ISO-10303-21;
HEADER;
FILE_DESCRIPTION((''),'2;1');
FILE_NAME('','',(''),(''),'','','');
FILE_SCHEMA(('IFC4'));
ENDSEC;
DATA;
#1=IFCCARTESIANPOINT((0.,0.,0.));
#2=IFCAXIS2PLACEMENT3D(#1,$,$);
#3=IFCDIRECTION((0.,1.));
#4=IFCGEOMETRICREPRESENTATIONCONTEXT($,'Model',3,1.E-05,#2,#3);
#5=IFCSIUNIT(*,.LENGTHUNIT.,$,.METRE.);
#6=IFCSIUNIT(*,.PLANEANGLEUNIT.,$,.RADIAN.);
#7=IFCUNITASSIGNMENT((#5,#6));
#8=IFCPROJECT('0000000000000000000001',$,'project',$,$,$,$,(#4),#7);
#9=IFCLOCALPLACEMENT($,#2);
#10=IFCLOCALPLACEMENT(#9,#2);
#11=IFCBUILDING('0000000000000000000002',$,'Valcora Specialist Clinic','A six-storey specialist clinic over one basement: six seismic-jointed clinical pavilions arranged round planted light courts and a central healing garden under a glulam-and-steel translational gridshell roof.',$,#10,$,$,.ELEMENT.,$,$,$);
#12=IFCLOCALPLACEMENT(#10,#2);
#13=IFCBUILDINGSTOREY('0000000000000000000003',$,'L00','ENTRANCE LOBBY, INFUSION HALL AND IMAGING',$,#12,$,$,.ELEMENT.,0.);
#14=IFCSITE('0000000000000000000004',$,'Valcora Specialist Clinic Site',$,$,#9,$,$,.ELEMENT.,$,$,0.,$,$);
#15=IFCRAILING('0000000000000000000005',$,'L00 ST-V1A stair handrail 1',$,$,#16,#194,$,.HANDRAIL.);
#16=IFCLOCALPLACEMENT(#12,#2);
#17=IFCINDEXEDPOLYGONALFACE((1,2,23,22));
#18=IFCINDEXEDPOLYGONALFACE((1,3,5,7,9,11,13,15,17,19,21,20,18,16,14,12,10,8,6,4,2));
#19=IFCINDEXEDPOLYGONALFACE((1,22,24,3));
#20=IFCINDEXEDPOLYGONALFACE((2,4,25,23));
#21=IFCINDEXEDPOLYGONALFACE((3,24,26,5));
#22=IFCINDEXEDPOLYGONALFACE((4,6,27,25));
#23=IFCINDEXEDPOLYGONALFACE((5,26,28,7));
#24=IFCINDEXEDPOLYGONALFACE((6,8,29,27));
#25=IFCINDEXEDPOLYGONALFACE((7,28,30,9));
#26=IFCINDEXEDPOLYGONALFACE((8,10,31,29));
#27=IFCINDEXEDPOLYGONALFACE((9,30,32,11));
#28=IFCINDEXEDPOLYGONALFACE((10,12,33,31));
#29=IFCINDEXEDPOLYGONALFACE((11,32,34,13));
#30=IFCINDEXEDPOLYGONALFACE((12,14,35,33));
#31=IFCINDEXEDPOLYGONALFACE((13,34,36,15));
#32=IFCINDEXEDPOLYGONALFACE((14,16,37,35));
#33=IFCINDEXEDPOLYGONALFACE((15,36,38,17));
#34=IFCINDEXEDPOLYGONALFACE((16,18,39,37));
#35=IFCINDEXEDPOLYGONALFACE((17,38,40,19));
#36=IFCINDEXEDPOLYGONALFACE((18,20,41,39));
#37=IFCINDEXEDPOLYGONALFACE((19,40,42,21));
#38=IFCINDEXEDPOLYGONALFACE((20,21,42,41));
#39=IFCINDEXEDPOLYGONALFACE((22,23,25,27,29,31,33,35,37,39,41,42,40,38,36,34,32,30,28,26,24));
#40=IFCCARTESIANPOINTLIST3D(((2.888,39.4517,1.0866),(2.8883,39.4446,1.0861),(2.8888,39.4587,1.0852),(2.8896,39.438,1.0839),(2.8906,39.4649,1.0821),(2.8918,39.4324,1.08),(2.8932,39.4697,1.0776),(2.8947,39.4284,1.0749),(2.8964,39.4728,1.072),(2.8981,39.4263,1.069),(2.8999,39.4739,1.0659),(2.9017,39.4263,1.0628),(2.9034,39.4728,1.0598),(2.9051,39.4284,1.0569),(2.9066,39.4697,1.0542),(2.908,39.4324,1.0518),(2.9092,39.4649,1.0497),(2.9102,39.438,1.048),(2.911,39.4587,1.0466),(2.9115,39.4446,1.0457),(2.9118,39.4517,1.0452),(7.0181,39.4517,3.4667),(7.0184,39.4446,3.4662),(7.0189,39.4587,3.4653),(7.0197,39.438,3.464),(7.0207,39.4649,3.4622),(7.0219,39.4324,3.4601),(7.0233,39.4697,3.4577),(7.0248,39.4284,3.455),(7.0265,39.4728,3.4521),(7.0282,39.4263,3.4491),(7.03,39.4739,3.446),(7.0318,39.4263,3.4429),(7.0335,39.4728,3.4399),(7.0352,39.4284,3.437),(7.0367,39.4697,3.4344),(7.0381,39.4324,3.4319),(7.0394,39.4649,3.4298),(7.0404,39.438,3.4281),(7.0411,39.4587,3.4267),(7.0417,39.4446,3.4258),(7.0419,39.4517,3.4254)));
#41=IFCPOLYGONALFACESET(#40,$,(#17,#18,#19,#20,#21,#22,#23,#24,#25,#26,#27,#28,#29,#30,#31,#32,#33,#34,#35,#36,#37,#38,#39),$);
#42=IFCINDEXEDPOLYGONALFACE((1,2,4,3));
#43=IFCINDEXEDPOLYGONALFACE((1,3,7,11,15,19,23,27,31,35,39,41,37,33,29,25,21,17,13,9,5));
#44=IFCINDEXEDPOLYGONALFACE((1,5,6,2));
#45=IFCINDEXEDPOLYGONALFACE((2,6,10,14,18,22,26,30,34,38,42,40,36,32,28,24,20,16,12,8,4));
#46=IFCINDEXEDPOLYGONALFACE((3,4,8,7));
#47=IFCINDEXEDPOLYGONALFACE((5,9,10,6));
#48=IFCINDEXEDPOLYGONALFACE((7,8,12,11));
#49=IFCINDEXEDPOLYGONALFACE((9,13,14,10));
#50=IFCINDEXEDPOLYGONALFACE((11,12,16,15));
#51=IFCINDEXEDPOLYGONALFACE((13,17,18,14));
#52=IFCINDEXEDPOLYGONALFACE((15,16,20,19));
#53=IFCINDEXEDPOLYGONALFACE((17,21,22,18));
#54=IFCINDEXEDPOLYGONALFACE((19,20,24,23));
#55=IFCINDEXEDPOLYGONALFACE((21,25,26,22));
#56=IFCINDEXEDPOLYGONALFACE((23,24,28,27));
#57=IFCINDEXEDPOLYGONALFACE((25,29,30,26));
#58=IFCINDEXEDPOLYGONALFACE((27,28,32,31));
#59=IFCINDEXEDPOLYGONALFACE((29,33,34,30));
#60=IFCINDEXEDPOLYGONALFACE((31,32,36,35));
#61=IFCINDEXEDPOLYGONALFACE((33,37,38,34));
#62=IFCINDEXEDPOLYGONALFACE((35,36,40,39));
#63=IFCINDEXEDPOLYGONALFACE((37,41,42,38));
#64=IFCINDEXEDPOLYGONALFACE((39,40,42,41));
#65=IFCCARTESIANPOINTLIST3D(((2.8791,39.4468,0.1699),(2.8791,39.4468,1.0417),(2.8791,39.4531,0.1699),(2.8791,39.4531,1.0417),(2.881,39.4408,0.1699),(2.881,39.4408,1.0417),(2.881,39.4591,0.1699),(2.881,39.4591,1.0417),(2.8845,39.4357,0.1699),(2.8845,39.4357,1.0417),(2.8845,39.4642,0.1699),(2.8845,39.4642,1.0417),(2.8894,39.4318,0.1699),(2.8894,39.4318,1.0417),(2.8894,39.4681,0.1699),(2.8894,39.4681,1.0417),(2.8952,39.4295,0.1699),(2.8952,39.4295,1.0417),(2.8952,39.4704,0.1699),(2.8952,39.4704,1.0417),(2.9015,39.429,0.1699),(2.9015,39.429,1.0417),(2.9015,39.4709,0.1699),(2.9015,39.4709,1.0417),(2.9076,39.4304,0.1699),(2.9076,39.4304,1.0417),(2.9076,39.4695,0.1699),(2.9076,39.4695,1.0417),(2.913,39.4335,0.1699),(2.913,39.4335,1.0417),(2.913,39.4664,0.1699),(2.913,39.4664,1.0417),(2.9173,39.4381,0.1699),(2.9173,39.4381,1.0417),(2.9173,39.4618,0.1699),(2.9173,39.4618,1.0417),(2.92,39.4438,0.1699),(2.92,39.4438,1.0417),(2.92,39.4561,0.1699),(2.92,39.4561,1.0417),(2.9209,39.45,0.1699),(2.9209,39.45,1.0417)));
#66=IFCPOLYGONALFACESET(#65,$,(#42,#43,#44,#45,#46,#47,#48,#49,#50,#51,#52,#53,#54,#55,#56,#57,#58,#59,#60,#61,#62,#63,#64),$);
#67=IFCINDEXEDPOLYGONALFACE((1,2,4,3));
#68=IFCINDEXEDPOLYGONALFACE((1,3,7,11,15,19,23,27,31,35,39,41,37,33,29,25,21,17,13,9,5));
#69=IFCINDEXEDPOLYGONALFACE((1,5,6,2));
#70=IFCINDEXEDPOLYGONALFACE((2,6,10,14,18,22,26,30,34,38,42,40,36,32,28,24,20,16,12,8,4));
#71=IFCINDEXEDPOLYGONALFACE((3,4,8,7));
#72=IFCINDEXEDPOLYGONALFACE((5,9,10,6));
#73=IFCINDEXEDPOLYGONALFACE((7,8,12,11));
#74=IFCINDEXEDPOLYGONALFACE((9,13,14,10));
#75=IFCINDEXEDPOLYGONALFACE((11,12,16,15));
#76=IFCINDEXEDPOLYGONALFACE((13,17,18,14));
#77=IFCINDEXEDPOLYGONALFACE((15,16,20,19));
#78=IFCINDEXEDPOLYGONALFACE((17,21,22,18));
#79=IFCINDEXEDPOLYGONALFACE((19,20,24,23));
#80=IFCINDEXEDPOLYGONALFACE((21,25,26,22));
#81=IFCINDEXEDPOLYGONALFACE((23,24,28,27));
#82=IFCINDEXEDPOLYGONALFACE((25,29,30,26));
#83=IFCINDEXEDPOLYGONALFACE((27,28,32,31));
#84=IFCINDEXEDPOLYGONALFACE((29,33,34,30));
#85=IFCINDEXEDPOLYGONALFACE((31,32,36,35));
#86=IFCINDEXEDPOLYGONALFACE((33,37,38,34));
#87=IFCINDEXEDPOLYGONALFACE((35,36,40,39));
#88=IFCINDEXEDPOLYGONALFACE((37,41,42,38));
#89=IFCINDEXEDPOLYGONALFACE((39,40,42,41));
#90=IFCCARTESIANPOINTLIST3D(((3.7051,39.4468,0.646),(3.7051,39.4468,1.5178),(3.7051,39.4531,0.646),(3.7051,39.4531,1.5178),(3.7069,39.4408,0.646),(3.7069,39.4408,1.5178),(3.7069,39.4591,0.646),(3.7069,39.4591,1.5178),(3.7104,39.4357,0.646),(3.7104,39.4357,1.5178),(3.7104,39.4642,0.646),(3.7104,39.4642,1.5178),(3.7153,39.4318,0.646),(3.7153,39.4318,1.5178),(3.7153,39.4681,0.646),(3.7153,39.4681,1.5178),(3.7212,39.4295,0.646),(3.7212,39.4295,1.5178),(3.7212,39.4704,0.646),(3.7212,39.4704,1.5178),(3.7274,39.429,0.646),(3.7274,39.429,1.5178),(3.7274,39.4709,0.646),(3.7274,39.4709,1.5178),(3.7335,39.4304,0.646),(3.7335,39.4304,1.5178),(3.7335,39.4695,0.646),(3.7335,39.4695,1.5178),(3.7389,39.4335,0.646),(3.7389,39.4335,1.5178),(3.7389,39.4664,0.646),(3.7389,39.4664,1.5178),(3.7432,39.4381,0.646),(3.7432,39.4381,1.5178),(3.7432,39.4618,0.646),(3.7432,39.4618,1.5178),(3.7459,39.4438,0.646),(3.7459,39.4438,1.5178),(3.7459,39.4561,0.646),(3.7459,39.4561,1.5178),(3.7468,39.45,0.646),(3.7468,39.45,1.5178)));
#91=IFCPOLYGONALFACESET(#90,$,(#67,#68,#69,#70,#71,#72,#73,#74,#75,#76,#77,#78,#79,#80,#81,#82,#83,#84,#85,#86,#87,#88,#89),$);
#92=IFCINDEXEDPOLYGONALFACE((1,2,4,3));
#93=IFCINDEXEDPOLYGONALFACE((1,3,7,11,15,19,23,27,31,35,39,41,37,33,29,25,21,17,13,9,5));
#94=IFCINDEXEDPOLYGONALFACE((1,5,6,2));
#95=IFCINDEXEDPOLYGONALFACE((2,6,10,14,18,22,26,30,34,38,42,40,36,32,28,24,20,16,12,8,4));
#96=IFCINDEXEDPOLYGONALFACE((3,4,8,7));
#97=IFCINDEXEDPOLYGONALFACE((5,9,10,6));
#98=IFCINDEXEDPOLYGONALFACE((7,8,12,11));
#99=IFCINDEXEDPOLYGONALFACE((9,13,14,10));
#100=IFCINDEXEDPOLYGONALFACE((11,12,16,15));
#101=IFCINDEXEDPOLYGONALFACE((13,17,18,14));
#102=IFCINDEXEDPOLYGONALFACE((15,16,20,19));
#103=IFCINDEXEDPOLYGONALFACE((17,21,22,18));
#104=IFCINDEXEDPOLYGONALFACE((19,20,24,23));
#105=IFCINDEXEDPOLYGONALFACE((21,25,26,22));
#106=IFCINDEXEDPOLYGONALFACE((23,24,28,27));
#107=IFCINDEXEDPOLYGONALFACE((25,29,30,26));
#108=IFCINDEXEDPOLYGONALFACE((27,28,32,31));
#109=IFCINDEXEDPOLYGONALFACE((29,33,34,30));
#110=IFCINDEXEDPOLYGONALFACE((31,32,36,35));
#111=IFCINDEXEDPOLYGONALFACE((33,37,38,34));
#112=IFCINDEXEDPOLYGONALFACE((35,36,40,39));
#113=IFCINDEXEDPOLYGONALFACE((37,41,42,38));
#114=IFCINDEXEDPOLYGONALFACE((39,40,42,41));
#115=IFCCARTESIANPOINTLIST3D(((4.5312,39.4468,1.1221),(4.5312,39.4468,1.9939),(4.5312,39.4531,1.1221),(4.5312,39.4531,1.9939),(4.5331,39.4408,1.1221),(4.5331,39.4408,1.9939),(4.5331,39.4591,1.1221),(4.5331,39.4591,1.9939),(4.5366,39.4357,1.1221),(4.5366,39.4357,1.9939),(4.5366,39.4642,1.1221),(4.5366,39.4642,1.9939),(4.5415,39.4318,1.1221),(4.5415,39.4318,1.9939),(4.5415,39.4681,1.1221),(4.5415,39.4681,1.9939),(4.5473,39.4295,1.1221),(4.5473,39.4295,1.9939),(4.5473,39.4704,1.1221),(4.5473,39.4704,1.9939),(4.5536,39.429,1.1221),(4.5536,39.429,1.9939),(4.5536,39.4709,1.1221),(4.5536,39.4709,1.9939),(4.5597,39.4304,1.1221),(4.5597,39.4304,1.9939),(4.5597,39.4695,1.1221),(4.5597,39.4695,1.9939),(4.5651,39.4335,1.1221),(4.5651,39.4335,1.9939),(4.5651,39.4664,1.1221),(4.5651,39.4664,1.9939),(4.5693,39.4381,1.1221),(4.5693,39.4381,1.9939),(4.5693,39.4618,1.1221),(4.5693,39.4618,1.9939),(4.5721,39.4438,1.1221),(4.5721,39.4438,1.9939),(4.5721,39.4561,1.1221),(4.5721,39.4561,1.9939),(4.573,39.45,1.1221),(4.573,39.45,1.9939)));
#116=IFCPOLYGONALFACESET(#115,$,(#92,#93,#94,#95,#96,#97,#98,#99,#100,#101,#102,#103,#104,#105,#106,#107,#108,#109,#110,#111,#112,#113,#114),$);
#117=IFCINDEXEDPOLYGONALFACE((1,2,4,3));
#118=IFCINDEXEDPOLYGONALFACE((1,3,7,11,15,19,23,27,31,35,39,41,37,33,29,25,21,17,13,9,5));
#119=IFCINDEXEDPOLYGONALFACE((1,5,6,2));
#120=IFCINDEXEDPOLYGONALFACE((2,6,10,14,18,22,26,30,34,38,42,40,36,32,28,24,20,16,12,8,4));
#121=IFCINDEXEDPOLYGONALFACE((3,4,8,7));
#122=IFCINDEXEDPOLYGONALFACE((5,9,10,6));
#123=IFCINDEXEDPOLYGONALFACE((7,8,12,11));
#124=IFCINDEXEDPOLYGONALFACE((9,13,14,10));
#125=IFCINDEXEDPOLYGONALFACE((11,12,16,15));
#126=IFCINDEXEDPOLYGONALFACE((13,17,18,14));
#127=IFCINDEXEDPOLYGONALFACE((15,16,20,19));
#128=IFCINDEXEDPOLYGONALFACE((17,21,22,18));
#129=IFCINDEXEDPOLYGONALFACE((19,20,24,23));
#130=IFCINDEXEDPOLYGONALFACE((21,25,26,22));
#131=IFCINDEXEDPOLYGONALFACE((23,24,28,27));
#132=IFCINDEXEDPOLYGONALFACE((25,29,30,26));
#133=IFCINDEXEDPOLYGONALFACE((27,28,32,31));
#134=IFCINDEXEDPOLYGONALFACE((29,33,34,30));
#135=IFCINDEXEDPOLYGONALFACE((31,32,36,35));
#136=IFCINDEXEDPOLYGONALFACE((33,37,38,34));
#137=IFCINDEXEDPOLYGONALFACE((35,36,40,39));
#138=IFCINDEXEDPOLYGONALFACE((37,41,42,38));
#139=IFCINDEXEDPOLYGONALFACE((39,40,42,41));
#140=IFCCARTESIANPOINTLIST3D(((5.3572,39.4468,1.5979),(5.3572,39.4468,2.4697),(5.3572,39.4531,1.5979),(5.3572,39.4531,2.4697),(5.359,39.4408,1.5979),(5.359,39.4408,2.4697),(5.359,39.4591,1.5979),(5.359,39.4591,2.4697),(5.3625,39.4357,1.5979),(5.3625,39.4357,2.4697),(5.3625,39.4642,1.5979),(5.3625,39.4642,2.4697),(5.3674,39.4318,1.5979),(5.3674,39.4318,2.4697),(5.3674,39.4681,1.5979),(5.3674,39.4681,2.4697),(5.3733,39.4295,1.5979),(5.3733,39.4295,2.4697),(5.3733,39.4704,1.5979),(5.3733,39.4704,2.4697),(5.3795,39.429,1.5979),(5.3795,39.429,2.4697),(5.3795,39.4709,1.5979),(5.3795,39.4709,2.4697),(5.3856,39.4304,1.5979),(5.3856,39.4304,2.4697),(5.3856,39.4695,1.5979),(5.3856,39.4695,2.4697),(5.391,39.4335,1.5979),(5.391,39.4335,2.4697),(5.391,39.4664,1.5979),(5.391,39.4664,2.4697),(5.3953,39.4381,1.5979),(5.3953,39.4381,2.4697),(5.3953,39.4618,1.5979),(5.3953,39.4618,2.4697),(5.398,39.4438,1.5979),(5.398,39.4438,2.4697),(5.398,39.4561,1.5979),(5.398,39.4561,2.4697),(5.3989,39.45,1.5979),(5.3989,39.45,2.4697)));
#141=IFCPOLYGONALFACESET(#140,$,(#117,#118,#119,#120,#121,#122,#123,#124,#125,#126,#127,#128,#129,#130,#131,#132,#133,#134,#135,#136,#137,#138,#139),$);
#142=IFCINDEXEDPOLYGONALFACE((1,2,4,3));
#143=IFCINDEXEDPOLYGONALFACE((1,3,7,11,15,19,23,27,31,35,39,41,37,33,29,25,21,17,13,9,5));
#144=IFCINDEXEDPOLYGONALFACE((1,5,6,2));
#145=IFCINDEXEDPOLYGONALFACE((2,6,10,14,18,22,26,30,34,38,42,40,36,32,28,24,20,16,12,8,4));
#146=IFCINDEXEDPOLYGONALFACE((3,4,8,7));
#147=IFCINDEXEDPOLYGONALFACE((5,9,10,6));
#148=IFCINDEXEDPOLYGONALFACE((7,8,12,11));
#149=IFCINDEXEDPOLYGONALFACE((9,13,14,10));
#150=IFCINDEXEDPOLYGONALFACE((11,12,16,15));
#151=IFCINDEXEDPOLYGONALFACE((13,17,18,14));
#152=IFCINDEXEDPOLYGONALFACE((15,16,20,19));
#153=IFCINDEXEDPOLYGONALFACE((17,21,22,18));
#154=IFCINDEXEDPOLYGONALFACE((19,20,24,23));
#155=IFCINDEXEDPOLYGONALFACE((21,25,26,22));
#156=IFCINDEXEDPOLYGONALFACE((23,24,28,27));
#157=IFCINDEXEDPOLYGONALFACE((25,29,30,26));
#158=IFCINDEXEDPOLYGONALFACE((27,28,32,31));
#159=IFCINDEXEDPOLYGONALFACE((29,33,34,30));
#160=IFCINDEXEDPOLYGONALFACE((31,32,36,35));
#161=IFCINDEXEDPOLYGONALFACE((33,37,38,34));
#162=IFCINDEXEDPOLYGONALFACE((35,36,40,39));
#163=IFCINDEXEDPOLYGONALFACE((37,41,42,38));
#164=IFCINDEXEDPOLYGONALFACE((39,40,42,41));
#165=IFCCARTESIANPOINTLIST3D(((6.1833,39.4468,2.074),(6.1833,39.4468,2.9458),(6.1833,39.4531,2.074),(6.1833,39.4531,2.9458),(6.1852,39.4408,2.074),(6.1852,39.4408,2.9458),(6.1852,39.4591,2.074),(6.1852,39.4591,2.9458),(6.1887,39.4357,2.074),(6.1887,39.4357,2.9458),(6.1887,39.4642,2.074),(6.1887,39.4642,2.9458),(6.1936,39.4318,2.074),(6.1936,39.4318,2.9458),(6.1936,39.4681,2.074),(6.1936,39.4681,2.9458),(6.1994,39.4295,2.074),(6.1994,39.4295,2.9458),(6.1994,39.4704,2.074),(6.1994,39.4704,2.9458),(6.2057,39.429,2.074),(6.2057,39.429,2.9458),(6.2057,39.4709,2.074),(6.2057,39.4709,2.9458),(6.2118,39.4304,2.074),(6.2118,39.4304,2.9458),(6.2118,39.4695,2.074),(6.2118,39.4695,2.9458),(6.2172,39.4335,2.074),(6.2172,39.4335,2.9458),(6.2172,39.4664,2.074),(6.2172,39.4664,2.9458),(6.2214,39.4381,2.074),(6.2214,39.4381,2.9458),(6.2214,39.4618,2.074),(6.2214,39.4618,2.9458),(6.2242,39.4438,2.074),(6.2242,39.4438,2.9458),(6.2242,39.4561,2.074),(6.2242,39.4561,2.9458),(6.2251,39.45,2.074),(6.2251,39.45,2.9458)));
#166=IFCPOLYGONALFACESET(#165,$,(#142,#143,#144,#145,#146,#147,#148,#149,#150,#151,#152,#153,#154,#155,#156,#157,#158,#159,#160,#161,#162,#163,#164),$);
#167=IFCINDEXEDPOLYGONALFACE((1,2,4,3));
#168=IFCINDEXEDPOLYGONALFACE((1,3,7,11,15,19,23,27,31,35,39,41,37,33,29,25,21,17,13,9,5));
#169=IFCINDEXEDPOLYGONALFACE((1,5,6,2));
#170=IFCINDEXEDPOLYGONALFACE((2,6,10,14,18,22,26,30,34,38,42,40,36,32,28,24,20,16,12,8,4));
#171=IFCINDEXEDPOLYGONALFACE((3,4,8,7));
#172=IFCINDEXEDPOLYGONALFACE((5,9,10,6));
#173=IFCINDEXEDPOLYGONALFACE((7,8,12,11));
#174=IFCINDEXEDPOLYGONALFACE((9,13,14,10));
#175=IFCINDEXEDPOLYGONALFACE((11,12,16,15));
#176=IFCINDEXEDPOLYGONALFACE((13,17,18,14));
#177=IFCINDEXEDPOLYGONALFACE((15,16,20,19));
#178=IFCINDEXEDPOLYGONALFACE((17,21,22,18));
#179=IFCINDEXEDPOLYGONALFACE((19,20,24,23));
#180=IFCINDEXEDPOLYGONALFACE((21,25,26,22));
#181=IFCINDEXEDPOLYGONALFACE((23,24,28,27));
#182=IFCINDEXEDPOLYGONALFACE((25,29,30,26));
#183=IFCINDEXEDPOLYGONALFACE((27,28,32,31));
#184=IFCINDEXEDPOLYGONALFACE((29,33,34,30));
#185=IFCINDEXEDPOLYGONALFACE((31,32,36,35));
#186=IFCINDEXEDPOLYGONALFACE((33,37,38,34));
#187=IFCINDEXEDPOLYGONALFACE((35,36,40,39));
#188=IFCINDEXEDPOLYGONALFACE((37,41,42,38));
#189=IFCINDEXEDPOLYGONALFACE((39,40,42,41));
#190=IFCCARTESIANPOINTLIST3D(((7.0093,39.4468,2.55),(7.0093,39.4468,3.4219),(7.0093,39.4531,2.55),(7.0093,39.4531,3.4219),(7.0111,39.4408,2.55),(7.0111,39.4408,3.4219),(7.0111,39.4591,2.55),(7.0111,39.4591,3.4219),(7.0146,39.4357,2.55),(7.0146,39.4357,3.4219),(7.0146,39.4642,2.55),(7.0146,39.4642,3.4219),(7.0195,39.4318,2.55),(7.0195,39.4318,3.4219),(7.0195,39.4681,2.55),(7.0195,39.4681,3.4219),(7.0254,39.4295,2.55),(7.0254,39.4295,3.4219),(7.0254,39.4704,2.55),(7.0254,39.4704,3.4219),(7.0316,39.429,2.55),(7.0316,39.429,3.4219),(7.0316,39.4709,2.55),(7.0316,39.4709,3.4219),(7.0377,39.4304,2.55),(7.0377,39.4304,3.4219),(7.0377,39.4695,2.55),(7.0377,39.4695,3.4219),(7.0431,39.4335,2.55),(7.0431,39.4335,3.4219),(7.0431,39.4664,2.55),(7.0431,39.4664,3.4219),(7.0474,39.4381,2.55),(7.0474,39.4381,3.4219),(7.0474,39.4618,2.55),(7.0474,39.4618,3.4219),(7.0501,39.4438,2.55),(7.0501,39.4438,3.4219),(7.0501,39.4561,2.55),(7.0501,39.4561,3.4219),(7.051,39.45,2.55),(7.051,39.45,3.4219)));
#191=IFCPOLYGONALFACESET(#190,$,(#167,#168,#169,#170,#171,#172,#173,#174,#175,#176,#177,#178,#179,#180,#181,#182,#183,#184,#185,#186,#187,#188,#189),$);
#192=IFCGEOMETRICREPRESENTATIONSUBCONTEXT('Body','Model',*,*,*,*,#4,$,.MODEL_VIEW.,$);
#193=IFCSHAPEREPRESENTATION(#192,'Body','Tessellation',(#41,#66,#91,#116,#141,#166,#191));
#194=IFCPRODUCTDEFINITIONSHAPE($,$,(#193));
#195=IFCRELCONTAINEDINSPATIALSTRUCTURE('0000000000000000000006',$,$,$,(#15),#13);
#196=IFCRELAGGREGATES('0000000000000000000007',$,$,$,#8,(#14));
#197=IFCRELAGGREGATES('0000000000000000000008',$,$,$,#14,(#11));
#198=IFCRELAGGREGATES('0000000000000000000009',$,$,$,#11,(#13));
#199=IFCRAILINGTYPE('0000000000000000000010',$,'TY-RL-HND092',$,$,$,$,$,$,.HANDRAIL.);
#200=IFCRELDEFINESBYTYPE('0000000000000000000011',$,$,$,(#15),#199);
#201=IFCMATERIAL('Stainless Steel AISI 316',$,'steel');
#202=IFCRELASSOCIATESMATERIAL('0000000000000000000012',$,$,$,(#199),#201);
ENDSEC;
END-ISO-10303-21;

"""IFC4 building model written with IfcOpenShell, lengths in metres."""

from ifc_helpers import new_model, si_unit, direction, frame, origin, origin_2d, place, context, subcontext, project, spatial, circle, extrude, material, type_object, element, save


model = new_model("IFC4")

# Units and contexts
model_context = context("Model", 3, precision=1e-05, world=origin(), true_north=direction((0.0, 1.0)))
body_context = subcontext(model_context, "Body", "Model", "MODEL_VIEW")
ifc_project = project(units=[si_unit("LENGTHUNIT", "METRE"), si_unit("PLANEANGLEUNIT", "RADIAN")], contexts=[model_context])

# Site, building, storey
site_placement = place(None, origin())
site = spatial("IfcSite", under=ifc_project, at=site_placement, Name="Valcora Specialist Clinic Site", CompositionType="ELEMENT", RefElevation=0.0)
building_placement = place(site_placement, origin())
building = spatial("IfcBuilding", under=site, at=building_placement, Name="Valcora Specialist Clinic", Description="A six-storey specialist clinic over one basement: six seismic-jointed clinical pavilions arranged round planted light courts and a central healing garden under a glulam-and-steel translational gridshell roof.", CompositionType="ELEMENT")
storey_placement = place(building_placement, origin())
storey = spatial("IfcBuildingStorey", under=building, at=storey_placement, Name="L00", Description="ENTRANCE LOBBY, INFUSION HALL AND IMAGING", CompositionType="ELEMENT", Elevation=0.0)

# Railing
ifc_material_1 = material(Name="Stainless Steel AISI 316", Category="steel")
railing_type_1 = type_object("IfcRailingType", Name="TY-RL-HND092", PredefinedType="HANDRAIL", material=ifc_material_1)
railing_1_placement = place(storey_placement, frame((2.8999, 39.45, 0.1699)))
element("IfcRailing", 1, at=railing_1_placement, inside=storey, type_object=railing_type_1, Name="L00 ST-V1A stair handrail 1", PredefinedType="HANDRAIL", context=body_context, shape_type="SweptSolid", body=[
    extrude(circle(Radius=0.0239, at=origin_2d()), frame((0.0, 0.0, 0.896), z_axis=(0.866425, 0.0, 0.499307), x_axis=(0.0, 1.0, 0.0)), (0.0, 0.0, 1.0), 4.7668),
    extrude(circle(Radius=0.021, at=origin_2d()), origin(), (0.0, 0.0, 1.0), 0.8718),
    extrude(circle(Radius=0.021, at=origin_2d()), frame((0.8259, 0.0, 0.4761)), (0.0, 0.0, 1.0), 0.8718),
    extrude(circle(Radius=0.021, at=origin_2d()), frame((1.6521, 0.0, 0.9521)), (0.0, 0.0, 1.0), 0.8718),
    extrude(circle(Radius=0.021, at=origin_2d()), frame((2.478, 0.0, 1.428)), (0.0, 0.0, 1.0), 0.8718),
    extrude(circle(Radius=0.021, at=origin_2d()), frame((3.3042, 0.0, 1.9041)), (0.0, 0.0, 1.0), 0.8718),
    extrude(circle(Radius=0.021, at=origin_2d()), frame((4.1301, 0.0, 2.3801)), (0.0, 0.0, 1.0), 0.8718),
])

save(model, "model.ifc")
